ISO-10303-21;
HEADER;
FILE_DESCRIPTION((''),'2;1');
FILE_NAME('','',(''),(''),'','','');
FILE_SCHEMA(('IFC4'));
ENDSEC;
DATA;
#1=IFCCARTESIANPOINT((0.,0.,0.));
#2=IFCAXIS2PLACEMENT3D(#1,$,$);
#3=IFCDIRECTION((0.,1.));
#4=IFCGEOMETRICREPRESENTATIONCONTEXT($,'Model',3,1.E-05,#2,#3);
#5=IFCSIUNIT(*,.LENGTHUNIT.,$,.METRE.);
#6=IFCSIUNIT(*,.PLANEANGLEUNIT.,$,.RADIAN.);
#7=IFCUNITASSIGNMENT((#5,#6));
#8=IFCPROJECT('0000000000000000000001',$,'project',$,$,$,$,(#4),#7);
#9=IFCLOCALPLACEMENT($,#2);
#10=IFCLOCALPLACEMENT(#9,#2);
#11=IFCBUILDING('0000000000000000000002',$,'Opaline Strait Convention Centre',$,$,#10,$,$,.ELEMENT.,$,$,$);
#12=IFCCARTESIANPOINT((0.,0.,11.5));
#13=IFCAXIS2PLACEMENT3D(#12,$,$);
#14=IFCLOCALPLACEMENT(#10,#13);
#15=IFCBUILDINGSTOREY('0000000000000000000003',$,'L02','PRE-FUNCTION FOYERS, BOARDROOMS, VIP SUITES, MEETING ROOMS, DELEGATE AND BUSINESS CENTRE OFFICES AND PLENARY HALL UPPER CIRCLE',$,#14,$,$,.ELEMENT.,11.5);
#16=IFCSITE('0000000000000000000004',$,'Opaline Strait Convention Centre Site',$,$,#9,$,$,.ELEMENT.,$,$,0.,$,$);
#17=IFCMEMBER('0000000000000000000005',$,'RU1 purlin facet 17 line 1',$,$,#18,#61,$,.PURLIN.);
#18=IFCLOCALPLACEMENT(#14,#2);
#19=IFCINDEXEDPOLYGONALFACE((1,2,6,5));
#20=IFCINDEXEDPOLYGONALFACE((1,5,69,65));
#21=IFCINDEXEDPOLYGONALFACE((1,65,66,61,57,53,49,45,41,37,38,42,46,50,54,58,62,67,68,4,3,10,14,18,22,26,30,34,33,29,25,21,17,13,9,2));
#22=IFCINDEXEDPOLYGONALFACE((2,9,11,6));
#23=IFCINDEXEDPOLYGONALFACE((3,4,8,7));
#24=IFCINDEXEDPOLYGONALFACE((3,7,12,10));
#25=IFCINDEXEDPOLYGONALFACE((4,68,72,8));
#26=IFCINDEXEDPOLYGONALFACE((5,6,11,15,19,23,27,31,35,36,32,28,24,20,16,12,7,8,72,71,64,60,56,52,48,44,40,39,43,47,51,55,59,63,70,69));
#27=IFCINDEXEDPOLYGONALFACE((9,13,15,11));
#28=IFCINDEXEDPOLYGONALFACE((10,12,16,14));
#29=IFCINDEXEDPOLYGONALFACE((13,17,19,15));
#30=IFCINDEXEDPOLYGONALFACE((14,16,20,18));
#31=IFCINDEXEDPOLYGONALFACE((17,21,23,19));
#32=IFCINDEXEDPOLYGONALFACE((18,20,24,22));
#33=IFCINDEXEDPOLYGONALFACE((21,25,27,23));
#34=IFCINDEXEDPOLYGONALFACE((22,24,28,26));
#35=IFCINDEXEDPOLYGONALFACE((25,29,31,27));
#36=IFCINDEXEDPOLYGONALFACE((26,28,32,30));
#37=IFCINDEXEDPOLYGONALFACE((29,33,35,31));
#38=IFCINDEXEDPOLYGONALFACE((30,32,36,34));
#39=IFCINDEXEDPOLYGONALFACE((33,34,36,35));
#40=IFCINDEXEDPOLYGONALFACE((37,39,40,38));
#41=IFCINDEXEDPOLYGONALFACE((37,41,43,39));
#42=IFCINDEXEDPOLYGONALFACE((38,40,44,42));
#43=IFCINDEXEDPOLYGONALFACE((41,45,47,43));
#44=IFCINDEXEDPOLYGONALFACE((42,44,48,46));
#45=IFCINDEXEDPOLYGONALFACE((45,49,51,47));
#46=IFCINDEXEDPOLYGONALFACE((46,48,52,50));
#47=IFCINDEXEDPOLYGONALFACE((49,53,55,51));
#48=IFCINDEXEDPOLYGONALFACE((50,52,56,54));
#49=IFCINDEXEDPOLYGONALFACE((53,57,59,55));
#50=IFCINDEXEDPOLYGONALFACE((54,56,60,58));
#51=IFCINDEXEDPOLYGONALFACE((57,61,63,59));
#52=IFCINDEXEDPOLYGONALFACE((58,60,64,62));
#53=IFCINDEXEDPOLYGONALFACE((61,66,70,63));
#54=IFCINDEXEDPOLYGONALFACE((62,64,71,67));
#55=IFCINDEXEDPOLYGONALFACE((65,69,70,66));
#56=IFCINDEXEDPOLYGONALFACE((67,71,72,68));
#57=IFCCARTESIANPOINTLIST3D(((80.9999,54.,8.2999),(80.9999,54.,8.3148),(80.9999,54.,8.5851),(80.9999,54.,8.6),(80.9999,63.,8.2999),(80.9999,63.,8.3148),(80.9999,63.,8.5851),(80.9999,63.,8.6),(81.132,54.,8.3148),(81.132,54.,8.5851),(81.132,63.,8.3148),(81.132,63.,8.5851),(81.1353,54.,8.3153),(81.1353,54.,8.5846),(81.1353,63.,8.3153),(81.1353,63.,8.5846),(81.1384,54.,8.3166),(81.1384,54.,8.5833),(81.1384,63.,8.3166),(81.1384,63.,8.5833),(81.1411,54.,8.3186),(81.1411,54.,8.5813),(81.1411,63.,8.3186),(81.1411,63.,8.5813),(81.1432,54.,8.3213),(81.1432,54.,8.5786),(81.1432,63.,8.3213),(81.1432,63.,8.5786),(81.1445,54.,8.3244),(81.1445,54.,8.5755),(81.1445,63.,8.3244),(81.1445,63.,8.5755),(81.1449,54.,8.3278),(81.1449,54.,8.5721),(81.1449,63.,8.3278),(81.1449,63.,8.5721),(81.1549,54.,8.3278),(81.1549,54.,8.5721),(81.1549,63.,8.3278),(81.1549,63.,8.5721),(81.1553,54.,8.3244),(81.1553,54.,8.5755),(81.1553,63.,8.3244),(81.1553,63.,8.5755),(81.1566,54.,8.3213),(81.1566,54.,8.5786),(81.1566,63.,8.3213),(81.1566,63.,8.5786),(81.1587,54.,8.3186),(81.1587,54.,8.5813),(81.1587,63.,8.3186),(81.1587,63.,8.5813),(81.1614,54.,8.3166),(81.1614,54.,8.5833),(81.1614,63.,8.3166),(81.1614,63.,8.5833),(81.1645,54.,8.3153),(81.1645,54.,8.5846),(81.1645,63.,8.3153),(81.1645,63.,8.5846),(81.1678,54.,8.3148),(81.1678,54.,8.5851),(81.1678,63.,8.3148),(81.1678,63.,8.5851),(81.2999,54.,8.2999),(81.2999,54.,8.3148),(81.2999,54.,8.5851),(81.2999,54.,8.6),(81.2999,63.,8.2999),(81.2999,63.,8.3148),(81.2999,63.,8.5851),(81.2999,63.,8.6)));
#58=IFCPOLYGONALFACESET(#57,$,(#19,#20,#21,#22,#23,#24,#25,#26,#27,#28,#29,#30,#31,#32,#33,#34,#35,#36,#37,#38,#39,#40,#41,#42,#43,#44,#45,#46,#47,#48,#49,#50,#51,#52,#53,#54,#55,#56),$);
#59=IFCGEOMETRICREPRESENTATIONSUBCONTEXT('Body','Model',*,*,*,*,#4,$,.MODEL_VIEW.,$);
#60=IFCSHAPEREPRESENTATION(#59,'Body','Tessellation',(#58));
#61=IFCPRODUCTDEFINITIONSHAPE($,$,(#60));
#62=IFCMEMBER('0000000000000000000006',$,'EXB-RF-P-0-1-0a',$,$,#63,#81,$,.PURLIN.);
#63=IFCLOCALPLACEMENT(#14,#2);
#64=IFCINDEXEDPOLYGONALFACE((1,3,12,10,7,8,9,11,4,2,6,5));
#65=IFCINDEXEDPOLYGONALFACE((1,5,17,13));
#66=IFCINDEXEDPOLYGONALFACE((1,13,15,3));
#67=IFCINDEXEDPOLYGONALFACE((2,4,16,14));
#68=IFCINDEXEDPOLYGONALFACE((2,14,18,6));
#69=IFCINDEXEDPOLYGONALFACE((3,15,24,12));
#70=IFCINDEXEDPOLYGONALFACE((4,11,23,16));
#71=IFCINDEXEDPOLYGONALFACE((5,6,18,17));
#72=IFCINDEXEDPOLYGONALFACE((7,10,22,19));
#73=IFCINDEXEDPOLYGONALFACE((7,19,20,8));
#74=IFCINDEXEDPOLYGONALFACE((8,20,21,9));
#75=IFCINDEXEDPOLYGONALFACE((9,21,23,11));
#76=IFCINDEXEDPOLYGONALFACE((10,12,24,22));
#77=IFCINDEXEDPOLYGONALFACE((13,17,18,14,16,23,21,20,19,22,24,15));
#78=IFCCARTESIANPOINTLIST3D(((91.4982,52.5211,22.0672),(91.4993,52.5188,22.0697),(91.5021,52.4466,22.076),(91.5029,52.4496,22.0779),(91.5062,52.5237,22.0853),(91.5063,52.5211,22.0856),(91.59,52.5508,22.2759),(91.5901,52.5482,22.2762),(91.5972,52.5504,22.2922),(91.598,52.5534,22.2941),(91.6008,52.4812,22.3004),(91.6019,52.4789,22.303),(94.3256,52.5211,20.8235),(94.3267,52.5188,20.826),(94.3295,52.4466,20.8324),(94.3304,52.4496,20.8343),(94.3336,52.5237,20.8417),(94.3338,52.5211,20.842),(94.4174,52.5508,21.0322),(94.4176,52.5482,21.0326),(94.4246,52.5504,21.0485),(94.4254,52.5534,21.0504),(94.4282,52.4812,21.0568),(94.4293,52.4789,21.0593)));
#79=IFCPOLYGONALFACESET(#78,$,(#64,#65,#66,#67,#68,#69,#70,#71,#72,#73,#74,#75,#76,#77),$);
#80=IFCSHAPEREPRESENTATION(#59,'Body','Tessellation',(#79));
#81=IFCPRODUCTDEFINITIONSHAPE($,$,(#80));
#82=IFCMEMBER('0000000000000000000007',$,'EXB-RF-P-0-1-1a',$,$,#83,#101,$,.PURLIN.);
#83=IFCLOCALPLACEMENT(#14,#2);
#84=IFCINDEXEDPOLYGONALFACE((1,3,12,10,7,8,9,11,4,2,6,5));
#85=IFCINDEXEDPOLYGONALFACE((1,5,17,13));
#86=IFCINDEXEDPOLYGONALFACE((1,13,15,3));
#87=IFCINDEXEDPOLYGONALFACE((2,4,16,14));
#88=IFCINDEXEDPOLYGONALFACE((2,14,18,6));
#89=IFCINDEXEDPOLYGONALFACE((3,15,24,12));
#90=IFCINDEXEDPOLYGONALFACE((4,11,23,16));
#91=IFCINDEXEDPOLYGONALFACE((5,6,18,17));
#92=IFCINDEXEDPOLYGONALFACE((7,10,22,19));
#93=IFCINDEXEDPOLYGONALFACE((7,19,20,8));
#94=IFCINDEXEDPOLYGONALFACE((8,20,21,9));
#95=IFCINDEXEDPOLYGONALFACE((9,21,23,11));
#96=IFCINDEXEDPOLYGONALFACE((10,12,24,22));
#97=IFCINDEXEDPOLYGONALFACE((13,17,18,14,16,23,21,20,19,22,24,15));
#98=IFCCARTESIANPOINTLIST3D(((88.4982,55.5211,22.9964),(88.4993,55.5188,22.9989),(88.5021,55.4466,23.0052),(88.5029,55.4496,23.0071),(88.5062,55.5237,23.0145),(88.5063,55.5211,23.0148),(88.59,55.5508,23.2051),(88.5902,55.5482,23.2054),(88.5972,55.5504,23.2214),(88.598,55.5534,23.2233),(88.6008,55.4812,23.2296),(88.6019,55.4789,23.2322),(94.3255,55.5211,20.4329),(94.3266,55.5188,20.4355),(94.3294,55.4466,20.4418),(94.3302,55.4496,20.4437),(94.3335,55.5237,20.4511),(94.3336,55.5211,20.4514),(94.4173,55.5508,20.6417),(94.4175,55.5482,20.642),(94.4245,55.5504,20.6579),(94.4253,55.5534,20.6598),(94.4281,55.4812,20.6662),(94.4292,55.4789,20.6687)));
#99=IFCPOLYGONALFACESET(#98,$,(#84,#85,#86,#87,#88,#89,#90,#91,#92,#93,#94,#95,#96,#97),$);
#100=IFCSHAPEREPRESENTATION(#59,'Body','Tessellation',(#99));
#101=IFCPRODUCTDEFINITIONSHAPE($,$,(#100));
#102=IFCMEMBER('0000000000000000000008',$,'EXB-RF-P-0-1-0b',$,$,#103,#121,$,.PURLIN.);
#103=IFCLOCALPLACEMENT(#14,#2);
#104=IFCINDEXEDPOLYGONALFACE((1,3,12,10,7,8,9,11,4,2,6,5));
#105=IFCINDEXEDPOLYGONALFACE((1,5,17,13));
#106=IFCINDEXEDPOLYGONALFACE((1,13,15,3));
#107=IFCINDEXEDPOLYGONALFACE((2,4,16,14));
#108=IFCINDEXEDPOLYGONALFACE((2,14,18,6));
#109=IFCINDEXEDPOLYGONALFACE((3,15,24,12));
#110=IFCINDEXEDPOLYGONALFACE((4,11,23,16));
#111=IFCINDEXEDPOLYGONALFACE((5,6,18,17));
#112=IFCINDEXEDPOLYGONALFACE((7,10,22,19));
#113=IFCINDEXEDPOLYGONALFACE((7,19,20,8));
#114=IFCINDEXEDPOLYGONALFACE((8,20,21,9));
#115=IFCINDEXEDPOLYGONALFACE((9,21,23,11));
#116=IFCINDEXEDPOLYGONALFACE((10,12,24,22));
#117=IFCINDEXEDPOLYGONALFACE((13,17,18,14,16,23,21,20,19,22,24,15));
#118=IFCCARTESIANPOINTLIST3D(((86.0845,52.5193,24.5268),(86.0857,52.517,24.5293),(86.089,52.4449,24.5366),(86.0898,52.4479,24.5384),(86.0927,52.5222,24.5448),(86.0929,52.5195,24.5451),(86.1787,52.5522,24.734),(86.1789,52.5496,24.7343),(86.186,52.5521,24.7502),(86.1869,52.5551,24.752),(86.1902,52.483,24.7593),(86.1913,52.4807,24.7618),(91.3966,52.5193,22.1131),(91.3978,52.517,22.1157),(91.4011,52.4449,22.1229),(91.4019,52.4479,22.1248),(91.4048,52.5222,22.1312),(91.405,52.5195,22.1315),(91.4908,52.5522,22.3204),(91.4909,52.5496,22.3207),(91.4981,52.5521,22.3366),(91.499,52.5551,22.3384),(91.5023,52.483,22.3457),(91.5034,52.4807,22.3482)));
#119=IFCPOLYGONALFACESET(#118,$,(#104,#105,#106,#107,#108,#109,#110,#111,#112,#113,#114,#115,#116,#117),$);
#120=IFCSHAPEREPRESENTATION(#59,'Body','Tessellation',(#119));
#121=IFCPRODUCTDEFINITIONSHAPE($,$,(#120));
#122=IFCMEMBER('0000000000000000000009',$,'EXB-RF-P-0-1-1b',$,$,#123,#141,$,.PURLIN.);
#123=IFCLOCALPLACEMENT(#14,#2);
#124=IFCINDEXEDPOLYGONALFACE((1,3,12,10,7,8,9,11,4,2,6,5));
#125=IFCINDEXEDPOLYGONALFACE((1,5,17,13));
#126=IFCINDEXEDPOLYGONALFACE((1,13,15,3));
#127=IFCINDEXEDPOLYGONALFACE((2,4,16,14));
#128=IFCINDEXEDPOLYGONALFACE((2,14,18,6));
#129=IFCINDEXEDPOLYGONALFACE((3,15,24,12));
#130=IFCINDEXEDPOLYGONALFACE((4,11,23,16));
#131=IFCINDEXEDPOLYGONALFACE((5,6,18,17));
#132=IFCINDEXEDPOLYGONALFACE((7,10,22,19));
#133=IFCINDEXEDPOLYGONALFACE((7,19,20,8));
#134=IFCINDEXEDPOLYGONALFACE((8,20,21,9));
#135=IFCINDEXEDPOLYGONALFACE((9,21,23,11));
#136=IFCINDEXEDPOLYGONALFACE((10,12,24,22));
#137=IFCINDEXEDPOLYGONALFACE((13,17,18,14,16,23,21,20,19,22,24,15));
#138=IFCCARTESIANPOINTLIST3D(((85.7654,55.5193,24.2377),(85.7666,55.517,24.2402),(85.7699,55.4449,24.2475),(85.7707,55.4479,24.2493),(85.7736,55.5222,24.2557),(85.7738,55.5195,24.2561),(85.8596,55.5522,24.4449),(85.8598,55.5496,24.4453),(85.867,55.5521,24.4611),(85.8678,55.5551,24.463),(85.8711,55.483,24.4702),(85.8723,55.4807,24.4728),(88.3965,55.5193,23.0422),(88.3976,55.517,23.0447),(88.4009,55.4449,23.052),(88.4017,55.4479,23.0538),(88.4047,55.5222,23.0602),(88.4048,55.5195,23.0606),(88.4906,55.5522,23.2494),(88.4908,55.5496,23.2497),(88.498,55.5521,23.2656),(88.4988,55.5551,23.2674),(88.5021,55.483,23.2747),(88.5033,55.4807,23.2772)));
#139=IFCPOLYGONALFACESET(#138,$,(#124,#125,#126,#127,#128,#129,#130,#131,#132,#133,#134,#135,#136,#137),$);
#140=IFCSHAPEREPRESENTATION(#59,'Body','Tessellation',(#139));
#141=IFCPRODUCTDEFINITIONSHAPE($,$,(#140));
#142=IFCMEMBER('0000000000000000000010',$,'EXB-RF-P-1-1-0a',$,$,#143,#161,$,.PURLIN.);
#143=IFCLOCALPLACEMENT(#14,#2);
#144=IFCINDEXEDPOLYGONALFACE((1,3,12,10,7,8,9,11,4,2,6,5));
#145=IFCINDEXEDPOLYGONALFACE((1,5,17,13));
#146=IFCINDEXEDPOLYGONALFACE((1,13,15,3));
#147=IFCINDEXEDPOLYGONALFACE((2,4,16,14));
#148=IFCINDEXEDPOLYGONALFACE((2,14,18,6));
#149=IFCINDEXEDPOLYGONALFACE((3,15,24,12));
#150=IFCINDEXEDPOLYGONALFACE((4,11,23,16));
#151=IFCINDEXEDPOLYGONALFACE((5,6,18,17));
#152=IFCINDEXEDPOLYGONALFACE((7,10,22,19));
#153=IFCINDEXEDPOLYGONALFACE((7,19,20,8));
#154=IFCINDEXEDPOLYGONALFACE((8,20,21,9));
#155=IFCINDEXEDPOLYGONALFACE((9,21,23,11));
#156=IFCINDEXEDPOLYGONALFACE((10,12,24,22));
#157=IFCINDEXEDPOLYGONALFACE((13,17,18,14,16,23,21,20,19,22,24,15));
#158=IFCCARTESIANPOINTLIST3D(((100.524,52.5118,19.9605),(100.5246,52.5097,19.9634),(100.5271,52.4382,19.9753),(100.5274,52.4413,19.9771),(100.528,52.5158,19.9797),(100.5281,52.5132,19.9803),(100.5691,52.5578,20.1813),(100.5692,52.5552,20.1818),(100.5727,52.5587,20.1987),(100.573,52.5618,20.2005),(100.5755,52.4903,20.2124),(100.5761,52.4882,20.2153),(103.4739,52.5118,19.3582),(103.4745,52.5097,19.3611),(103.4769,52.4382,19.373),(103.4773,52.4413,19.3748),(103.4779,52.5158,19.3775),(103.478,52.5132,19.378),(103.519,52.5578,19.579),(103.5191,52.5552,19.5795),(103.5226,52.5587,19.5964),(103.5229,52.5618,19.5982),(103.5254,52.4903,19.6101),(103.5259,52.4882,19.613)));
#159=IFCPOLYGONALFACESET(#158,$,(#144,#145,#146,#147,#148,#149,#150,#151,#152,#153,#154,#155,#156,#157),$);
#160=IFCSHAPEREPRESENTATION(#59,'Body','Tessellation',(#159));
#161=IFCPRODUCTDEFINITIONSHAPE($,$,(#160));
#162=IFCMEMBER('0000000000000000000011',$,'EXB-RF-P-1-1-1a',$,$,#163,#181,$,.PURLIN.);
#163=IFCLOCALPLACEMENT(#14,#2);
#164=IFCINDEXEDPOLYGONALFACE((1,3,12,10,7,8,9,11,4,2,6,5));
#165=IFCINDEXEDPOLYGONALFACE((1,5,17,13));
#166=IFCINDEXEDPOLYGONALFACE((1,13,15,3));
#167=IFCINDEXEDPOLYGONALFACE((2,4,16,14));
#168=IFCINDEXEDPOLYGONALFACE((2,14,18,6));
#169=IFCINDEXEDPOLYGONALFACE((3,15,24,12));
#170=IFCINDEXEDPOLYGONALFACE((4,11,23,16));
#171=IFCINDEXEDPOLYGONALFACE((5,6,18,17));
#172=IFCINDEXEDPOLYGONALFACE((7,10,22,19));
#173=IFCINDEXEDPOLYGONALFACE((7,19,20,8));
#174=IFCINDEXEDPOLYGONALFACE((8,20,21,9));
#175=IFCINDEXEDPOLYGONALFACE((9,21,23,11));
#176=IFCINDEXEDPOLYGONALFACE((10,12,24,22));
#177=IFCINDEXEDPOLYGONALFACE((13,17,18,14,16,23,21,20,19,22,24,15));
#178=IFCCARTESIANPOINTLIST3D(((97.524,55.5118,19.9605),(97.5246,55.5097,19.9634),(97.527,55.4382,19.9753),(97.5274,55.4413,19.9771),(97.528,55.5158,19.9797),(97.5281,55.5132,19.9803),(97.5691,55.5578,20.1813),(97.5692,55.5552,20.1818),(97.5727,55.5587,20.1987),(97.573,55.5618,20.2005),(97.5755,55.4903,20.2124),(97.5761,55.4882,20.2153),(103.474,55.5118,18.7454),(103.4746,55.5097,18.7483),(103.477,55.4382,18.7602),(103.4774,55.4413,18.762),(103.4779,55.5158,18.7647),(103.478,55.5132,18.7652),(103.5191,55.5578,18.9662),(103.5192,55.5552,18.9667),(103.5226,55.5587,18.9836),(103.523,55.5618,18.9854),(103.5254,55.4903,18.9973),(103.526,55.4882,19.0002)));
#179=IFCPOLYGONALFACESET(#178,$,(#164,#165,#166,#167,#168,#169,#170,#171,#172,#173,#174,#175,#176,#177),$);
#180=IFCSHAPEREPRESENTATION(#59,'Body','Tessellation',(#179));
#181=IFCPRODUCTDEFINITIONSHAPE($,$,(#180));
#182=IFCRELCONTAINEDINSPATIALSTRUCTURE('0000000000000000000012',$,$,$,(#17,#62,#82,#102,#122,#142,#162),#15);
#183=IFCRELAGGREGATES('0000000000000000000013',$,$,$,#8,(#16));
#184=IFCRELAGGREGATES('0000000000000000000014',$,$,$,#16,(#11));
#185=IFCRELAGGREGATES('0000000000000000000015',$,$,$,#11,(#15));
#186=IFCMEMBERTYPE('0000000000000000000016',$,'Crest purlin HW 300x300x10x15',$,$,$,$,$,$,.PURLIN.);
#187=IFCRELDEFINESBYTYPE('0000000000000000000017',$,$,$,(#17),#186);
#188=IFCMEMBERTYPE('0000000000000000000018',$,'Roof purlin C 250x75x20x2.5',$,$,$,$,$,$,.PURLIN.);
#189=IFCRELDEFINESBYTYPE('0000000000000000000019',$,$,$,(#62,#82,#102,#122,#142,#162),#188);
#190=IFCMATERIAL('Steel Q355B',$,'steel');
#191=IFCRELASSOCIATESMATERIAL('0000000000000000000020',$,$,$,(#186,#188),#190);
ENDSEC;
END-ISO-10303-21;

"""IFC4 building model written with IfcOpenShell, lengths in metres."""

from ifc_helpers import new_model, si_unit, direction, frame, origin, origin_2d, place, context, subcontext, project, spatial, polyline, i_section, outline, extrude, material, material_profile, profile_set, type_object, element, save


model = new_model("IFC4")

# Units and contexts
model_context = context("Model", 3, precision=1e-05, world=origin(), true_north=direction((0.0, 1.0)))
body_context = subcontext(model_context, "Body", "Model", "MODEL_VIEW")
ifc_project = project(units=[si_unit("LENGTHUNIT", "METRE"), si_unit("PLANEANGLEUNIT", "RADIAN")], contexts=[model_context])

# Site, building, storey
site_placement = place(None, origin())
site = spatial("IfcSite", under=ifc_project, at=site_placement, Name="Opaline Strait Convention Centre Site", CompositionType="ELEMENT", RefElevation=0.0)
building_placement = place(site_placement, origin())
building = spatial("IfcBuilding", under=site, at=building_placement, Name="Opaline Strait Convention Centre", CompositionType="ELEMENT")
storey_placement = place(building_placement, frame((0.0, 0.0, 11.5)))
storey = spatial("IfcBuildingStorey", under=building, at=storey_placement, Name="L02", Description="PRE-FUNCTION FOYERS, BOARDROOMS, VIP SUITES, MEETING ROOMS, DELEGATE AND BUSINESS CENTRE OFFICES AND PLENARY HALL UPPER CIRCLE", CompositionType="ELEMENT", Elevation=11.5)

# Members
ifc_material_1 = material(Name="Steel Q355B", Category="steel")
ifc_material_profile_1 = material_profile(ifc_material_1, i_section(OverallWidth=0.3, OverallDepth=0.3, WebThickness=0.01, FlangeThickness=0.0149, FilletRadius=0.0129, at=origin_2d()), Name="HW 300x300x10x15")
ifc_profile_set_1 = profile_set([ifc_material_profile_1], Name="Steel Q355B")
member_type_1 = type_object("IfcMemberType", Name="Crest purlin HW 300x300x10x15", PredefinedType="PURLIN", material=ifc_profile_set_1)
member_1_placement = place(storey_placement, frame((81.1499, 54.0, 8.45), z_axis=(0.0, 1.0, 0.0), x_axis=(-1.0, 0.0, 0.0)))
element("IfcMember", 1, at=member_1_placement, inside=storey, type_object=member_type_1, Name="RU1 purlin facet 17 line 1", PredefinedType="PURLIN", context=body_context, shape_type="SweptSolid", body=[
    extrude(i_section(OverallWidth=0.3, OverallDepth=0.3, WebThickness=0.01, FlangeThickness=0.0149, FilletRadius=0.0129, at=origin_2d()), origin(), (0.0, 0.0, 1.0), 9.0),
])
ifc_material_profile_2 = material_profile(ifc_material_1, outline(polyline([(-0.0376, -0.125), (0.0376, -0.125), (0.0376, -0.105), (0.0349, -0.105), (0.0349, -0.1226), (-0.0349, -0.1226), (-0.0349, 0.1226), (0.0349, 0.1226), (0.0349, 0.105), (0.0376, 0.105), (0.0376, 0.125), (-0.0376, 0.125), (-0.0376, -0.125)])), Name="C 250x75x20x2.5")
ifc_profile_set_2 = profile_set([ifc_material_profile_2], Name="Steel Q355B")
member_type_2 = type_object("IfcMemberType", Name="Roof purlin C 250x75x20x2.5", PredefinedType="PURLIN", material=ifc_profile_set_2)
member_2_placement = place(storey_placement, frame((91.55, 52.5, 22.1851), z_axis=(0.915363, 0.0, -0.40263), x_axis=(-0.051978, 0.991632, -0.118169)))
element("IfcMember", 2, at=member_2_placement, inside=storey, type_object=member_type_2, Name="EXB-RF-P-0-1-0a", PredefinedType="PURLIN", context=body_context, shape_type="SweptSolid", body=[
    extrude(outline(polyline([(-0.0376, -0.125), (0.0376, -0.125), (0.0376, -0.105), (0.0349, -0.105), (0.0349, -0.1226), (-0.0349, -0.1226), (-0.0349, 0.1226), (0.0349, 0.1226), (0.0349, 0.105), (0.0376, 0.105), (0.0376, 0.125), (-0.0376, 0.125), (-0.0376, -0.125)])), origin(), (0.0, 0.0, 1.0), 3.0889),
])
member_3_placement = place(storey_placement, frame((88.55, 55.5, 23.1143), z_axis=(0.915348, 0.0, -0.402663), x_axis=(-0.051982, 0.991632, -0.118167)))
element("IfcMember", 3, at=member_3_placement, inside=storey, type_object=member_type_2, Name="EXB-RF-P-0-1-1a", PredefinedType="PURLIN", context=body_context, shape_type="SweptSolid", body=[
    extrude(outline(polyline([(-0.0376, -0.125), (0.0376, -0.125), (0.0376, -0.105), (0.0349, -0.105), (0.0349, -0.1226), (-0.0349, -0.1226), (-0.0349, 0.1226), (0.0349, 0.1226), (0.0349, 0.105), (0.0376, 0.105), (0.0376, 0.125), (-0.0376, 0.125), (-0.0376, -0.125)])), origin(), (0.0, 0.0, 1.0), 6.3662),
])
member_4_placement = place(storey_placement, frame((86.1379, 52.5, 24.6443), z_axis=(0.91043, 0.0, -0.413664), x_axis=(-0.059241, 0.989692, -0.130384)))
element("IfcMember", 4, at=member_4_placement, inside=storey, type_object=member_type_2, Name="EXB-RF-P-0-1-0b", PredefinedType="PURLIN", context=body_context, shape_type="SweptSolid", body=[
    extrude(outline(polyline([(-0.0376, -0.125), (0.0376, -0.125), (0.0376, -0.105), (0.0349, -0.105), (0.0349, -0.1226), (-0.0349, -0.1226), (-0.0349, 0.1226), (0.0349, 0.1226), (0.0349, 0.105), (0.0376, 0.105), (0.0376, 0.125), (-0.0376, 0.125), (-0.0376, -0.125)])), origin(), (0.0, 0.0, 1.0), 5.8347),
])
member_5_placement = place(storey_placement, frame((85.8188, 55.5, 24.3552), z_axis=(0.910419, 0.0, -0.413688), x_axis=(-0.059245, 0.989692, -0.130382)))
element("IfcMember", 5, at=member_5_placement, inside=storey, type_object=member_type_2, Name="EXB-RF-P-0-1-1b", PredefinedType="PURLIN", context=body_context, shape_type="SweptSolid", body=[
    extrude(outline(polyline([(-0.0376, -0.125), (0.0376, -0.125), (0.0376, -0.105), (0.0349, -0.105), (0.0349, -0.1226), (-0.0349, -0.1226), (-0.0349, 0.1226), (0.0349, 0.1226), (0.0349, 0.105), (0.0376, 0.105), (0.0376, 0.125), (-0.0376, 0.125), (-0.0376, -0.125)])), origin(), (0.0, 0.0, 1.0), 2.8899),
])
member_6_placement = place(storey_placement, frame((100.55, 52.5, 20.0879), z_axis=(0.979787, 0.0, -0.200044), x_axis=(-0.040024, 0.97978, -0.196033)))
element("IfcMember", 6, at=member_6_placement, inside=storey, type_object=member_type_2, Name="EXB-RF-P-1-1-0a", PredefinedType="PURLIN", context=body_context, shape_type="SweptSolid", body=[
    extrude(outline(polyline([(-0.0376, -0.125), (0.0376, -0.125), (0.0376, -0.105), (0.0349, -0.105), (0.0349, -0.1226), (-0.0349, -0.1226), (-0.0349, 0.1226), (0.0349, 0.1226), (0.0349, 0.105), (0.0376, 0.105), (0.0376, 0.125), (-0.0376, 0.125), (-0.0376, -0.125)])), origin(), (0.0, 0.0, 1.0), 3.0107),
])
member_7_placement = place(storey_placement, frame((97.55, 55.5, 20.0879), z_axis=(0.979778, 0.0, -0.200088), x_axis=(-0.040033, 0.97978, -0.196032)))
element("IfcMember", 7, at=member_7_placement, inside=storey, type_object=member_type_2, Name="EXB-RF-P-1-1-1a", PredefinedType="PURLIN", context=body_context, shape_type="SweptSolid", body=[
    extrude(outline(polyline([(-0.0376, -0.125), (0.0376, -0.125), (0.0376, -0.105), (0.0349, -0.105), (0.0349, -0.1226), (-0.0349, -0.1226), (-0.0349, 0.1226), (0.0349, 0.1226), (0.0349, 0.105), (0.0376, 0.105), (0.0376, 0.125), (-0.0376, 0.125), (-0.0376, -0.125)])), origin(), (0.0, 0.0, 1.0), 6.0728),
])

save(model, "model.ifc")
